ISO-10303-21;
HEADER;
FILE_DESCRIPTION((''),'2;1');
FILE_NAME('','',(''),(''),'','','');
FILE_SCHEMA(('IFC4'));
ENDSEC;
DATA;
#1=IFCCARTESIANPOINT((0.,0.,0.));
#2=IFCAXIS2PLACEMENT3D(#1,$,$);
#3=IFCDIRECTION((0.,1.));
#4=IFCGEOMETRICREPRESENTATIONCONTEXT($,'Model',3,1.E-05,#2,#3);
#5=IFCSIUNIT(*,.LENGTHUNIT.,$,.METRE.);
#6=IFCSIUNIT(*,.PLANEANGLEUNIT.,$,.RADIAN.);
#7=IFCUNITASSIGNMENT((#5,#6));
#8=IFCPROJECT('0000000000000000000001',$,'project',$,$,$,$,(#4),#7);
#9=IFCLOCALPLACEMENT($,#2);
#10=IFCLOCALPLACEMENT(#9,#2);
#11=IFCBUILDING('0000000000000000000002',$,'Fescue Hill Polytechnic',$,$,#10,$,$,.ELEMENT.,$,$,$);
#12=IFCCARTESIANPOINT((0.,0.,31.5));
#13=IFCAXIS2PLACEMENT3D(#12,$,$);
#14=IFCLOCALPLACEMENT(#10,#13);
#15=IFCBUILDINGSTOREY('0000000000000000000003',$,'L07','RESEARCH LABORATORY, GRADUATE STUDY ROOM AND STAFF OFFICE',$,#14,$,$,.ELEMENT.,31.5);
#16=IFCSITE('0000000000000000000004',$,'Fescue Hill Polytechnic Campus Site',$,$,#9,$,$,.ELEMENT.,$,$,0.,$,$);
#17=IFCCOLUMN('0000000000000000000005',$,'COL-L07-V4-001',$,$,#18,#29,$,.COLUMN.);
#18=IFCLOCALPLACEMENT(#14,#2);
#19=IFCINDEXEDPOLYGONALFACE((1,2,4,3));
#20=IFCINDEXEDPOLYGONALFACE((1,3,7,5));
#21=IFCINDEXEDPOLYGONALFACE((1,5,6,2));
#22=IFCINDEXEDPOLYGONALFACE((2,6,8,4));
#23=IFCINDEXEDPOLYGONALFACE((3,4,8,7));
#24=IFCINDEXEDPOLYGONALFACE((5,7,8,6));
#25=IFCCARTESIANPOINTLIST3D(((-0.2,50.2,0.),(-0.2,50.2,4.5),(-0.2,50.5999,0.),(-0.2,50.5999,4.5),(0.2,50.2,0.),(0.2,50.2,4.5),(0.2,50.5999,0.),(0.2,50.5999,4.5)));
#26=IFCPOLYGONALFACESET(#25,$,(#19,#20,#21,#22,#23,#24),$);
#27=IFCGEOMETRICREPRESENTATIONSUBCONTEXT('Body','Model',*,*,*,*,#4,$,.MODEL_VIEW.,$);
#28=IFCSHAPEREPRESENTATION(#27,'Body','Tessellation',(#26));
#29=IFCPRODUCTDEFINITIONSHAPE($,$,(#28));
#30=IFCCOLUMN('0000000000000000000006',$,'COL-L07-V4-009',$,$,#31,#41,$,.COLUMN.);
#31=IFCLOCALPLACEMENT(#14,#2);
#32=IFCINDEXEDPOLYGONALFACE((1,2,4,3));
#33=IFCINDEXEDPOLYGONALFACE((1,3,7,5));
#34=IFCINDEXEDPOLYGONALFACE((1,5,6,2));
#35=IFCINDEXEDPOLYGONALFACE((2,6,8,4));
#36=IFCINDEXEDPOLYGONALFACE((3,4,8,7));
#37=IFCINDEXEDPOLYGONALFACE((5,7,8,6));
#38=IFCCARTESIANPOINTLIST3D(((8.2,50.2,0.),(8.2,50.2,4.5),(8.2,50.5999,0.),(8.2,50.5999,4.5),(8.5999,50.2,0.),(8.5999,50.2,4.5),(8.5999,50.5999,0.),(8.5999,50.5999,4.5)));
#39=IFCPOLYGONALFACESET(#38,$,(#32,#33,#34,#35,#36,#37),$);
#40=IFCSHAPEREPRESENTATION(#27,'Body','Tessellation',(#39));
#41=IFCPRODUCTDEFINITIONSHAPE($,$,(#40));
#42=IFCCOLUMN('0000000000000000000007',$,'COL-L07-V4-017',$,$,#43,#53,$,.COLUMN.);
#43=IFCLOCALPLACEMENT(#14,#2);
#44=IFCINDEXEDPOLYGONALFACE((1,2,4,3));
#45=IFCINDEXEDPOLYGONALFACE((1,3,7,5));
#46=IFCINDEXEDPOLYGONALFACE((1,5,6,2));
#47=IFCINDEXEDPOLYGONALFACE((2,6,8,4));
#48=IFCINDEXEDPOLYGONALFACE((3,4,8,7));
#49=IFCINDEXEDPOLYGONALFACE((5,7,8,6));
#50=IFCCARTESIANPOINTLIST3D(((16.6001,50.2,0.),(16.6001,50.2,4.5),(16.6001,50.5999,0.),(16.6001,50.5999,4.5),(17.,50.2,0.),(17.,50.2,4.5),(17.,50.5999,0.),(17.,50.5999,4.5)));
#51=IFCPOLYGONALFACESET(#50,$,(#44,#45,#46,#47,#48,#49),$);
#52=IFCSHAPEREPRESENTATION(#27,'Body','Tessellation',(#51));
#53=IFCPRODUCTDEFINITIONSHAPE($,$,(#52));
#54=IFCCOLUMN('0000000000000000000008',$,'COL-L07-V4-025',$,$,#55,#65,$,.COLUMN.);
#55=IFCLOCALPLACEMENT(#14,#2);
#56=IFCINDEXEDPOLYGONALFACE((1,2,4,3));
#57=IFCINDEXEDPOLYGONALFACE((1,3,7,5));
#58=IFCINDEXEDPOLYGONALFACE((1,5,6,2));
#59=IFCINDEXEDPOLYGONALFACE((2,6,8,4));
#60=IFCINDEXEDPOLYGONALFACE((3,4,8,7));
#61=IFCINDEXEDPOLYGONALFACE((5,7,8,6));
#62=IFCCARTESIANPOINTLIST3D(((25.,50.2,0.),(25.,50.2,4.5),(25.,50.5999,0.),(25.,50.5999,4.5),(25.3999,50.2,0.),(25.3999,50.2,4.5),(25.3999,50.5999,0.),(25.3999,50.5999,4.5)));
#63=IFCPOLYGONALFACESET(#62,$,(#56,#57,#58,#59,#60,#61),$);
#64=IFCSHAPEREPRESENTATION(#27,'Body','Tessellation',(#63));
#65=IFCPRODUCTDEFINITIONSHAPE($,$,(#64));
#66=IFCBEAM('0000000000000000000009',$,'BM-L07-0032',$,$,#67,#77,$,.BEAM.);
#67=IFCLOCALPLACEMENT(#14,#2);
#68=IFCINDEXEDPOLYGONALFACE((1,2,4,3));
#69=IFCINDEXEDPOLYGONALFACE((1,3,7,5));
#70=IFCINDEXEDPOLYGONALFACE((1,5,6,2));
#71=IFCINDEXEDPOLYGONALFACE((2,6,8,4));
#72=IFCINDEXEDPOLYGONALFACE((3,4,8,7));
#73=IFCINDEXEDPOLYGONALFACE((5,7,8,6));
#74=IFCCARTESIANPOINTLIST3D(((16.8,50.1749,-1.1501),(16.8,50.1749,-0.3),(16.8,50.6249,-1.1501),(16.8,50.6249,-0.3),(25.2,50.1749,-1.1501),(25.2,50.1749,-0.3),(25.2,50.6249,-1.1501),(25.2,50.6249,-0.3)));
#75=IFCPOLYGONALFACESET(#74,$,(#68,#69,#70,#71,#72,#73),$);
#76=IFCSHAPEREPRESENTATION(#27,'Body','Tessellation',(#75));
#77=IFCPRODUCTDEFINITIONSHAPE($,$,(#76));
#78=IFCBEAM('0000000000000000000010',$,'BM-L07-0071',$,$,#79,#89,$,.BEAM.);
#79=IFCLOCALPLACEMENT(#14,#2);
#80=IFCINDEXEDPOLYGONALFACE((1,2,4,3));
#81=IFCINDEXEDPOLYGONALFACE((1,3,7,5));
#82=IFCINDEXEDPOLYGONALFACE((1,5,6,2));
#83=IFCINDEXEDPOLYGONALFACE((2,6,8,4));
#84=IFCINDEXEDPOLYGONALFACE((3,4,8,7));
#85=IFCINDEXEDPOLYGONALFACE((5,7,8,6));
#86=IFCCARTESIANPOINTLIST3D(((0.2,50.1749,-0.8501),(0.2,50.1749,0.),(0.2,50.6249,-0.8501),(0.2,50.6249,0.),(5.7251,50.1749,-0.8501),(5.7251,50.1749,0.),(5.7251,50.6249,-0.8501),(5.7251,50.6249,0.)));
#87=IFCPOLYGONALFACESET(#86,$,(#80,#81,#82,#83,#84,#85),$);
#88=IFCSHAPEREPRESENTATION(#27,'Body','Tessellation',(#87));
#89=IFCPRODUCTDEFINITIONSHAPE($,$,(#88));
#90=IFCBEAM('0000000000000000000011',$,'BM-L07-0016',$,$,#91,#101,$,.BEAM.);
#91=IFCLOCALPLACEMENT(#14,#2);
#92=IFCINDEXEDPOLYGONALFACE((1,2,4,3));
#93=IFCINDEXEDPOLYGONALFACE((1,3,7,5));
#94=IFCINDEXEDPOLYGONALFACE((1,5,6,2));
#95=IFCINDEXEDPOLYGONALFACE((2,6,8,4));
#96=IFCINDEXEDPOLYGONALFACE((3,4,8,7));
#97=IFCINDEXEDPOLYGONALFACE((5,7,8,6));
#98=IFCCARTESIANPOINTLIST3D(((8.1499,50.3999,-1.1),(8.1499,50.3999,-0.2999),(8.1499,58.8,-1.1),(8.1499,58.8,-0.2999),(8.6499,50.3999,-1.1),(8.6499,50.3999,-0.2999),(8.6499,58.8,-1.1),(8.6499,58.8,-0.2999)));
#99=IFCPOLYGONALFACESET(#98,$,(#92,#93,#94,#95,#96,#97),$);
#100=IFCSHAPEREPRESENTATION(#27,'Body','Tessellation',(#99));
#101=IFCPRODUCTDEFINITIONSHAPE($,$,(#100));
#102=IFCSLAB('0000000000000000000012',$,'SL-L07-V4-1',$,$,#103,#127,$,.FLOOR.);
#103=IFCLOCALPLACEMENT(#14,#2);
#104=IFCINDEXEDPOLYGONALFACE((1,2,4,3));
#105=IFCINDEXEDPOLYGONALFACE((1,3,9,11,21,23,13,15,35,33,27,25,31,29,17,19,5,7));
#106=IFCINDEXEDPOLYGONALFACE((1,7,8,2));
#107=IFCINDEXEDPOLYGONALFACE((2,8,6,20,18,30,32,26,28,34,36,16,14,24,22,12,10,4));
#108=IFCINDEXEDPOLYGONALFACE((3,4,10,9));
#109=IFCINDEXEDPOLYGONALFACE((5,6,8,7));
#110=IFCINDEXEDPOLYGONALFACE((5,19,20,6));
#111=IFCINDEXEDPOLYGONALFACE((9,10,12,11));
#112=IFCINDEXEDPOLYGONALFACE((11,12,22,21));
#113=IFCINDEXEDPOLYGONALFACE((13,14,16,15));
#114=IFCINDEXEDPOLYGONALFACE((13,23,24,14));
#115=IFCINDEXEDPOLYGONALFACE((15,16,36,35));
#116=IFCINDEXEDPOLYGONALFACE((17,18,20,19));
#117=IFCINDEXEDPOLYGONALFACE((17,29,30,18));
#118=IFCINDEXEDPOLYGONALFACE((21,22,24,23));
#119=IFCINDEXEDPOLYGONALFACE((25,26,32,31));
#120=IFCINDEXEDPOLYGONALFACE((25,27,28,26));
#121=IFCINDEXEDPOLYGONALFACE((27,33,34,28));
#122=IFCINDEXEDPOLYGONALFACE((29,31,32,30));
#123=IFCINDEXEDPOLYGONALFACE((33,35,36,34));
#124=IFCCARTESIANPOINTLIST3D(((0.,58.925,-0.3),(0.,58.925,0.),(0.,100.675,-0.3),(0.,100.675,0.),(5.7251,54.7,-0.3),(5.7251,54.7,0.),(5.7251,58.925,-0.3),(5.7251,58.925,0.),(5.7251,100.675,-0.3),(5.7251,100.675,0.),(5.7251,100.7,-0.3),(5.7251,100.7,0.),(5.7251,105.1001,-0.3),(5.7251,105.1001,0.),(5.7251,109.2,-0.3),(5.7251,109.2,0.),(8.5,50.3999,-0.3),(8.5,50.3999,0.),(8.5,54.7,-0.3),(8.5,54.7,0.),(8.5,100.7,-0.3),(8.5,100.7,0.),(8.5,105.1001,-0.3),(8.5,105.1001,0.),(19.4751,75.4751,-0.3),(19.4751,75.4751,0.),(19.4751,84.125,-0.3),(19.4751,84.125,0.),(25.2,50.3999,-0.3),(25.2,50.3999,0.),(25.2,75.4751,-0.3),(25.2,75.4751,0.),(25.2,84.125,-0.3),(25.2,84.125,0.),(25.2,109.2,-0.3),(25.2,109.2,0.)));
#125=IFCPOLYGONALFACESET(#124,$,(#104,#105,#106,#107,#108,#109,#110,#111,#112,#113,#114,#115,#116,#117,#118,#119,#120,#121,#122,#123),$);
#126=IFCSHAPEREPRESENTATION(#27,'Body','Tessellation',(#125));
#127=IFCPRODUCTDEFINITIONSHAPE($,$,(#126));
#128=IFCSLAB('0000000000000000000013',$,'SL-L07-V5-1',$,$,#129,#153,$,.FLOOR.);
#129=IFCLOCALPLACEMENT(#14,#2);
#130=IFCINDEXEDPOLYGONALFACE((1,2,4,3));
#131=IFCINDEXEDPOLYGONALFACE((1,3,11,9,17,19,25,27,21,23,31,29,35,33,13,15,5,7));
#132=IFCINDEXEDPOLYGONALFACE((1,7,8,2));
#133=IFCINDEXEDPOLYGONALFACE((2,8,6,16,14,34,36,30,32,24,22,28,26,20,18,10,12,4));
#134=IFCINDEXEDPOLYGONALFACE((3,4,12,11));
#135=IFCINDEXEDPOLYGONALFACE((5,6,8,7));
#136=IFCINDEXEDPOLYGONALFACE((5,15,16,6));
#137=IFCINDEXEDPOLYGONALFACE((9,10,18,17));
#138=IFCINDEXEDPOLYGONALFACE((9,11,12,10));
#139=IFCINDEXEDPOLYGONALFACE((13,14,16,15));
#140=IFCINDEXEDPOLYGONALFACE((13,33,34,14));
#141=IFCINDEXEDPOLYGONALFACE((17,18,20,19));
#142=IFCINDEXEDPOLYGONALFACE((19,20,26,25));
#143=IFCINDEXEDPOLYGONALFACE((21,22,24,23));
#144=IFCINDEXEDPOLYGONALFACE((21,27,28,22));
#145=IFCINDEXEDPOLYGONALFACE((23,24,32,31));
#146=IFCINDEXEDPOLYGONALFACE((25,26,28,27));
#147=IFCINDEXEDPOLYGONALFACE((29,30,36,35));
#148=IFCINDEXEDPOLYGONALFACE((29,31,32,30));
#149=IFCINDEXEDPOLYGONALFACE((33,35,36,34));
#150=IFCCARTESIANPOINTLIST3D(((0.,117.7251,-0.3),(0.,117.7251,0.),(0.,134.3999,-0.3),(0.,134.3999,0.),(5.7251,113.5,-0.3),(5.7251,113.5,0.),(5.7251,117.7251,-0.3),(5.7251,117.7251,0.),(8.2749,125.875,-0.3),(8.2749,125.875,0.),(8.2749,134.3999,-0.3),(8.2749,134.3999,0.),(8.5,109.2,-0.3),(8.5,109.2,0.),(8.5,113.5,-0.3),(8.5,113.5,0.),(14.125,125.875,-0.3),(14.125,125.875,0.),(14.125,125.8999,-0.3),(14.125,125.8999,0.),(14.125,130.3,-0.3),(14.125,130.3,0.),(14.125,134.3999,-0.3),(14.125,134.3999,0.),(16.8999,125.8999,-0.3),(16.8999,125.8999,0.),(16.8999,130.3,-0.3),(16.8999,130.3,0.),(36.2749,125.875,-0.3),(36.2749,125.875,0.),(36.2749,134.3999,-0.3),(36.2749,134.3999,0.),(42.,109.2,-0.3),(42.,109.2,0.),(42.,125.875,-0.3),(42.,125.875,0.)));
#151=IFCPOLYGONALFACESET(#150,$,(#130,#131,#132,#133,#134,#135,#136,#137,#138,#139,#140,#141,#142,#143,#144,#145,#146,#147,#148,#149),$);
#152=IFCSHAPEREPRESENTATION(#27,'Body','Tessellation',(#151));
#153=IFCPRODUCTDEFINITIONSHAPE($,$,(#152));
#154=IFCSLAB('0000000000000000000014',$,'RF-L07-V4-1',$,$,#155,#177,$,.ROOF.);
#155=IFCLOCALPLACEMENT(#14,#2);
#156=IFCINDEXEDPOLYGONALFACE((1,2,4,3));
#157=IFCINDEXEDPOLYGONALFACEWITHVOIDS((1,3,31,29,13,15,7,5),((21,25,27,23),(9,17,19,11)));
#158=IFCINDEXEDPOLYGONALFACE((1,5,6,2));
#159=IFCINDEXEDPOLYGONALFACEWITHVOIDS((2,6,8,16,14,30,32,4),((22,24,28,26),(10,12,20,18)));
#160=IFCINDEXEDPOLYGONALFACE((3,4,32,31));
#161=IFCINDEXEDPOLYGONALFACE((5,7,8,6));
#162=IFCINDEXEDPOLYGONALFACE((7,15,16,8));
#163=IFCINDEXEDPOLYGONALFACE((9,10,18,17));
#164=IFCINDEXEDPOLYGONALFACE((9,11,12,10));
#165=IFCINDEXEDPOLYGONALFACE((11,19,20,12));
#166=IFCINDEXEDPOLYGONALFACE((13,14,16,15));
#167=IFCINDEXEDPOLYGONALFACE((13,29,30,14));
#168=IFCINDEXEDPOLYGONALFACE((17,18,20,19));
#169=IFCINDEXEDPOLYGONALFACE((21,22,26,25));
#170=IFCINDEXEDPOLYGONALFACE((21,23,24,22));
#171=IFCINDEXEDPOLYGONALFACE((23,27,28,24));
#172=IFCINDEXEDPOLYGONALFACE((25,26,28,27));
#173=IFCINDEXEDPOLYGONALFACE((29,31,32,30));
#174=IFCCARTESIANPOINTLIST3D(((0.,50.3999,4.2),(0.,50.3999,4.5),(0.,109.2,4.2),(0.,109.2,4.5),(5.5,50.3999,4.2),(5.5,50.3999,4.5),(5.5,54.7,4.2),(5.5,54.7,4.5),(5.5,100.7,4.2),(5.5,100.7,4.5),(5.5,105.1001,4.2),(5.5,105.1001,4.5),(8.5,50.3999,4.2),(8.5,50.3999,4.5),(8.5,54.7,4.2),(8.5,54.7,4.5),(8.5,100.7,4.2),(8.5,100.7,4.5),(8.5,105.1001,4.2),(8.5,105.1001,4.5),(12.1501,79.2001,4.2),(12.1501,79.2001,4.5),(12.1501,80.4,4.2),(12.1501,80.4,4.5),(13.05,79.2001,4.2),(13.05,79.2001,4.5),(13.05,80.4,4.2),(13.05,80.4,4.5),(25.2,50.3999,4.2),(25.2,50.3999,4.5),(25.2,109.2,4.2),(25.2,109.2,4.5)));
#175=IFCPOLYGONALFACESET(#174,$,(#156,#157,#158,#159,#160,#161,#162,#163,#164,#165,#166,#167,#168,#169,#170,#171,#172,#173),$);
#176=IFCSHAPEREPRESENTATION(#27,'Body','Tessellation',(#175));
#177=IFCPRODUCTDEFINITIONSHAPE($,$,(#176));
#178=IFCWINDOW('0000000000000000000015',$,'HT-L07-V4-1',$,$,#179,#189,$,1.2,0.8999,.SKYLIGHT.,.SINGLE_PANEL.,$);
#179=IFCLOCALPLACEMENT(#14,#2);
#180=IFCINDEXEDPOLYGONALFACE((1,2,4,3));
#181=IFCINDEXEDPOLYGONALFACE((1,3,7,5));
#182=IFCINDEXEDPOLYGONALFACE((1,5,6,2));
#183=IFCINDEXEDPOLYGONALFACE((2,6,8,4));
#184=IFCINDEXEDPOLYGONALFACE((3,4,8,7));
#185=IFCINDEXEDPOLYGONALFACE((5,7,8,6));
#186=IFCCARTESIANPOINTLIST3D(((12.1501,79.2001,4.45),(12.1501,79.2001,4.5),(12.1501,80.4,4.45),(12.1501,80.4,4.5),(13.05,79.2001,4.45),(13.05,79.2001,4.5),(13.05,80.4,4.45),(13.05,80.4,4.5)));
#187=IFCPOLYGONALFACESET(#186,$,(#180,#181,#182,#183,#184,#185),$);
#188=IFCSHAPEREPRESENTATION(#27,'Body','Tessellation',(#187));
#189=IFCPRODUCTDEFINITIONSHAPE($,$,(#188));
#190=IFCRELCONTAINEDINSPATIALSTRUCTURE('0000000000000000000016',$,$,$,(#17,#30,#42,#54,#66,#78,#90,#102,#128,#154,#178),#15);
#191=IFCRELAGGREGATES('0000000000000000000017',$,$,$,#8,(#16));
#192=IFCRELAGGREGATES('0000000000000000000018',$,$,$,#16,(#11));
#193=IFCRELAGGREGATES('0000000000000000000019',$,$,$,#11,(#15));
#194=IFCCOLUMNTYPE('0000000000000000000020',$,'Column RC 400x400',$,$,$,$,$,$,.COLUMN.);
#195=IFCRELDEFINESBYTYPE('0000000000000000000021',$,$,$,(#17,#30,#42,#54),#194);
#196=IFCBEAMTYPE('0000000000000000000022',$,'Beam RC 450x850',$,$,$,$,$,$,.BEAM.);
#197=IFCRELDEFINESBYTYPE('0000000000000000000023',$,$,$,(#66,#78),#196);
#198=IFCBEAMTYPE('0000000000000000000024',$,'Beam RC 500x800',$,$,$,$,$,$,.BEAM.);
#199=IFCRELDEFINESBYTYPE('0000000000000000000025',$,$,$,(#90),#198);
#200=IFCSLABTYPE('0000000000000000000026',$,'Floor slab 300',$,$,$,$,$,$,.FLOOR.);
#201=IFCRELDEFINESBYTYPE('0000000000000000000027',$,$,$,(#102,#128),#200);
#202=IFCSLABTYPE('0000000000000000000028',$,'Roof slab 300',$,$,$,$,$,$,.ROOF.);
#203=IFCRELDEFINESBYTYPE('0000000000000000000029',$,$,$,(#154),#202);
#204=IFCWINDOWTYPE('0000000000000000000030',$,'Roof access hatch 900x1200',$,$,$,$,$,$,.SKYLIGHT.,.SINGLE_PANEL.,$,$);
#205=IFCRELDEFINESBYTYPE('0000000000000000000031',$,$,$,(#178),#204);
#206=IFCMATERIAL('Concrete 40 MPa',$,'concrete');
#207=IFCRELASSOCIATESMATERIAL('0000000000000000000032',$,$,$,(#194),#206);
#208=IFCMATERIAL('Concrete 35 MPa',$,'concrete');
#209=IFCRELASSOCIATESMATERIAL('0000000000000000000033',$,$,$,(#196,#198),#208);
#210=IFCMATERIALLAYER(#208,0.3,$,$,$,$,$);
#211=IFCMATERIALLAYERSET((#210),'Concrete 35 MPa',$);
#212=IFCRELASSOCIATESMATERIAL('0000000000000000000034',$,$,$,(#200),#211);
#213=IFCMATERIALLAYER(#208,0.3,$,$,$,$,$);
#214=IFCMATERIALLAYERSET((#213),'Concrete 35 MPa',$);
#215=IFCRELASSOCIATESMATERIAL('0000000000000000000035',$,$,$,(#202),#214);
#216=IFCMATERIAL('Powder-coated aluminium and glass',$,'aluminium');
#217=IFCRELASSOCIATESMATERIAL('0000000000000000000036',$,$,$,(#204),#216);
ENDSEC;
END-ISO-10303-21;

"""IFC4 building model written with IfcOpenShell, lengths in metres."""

from ifc_helpers import new_model, si_unit, direction, frame, origin, origin_2d, place, context, subcontext, project, spatial, polyline, rectangle, outline, extrude, material, layer, layer_set, material_profile, profile_set, type_object, element, fill, save


model = new_model("IFC4")

# Units and contexts
model_context = context("Model", 3, precision=1e-05, world=origin(), true_north=direction((0.0, 1.0)))
body_context = subcontext(model_context, "Body", "Model", "MODEL_VIEW")
ifc_project = project(units=[si_unit("LENGTHUNIT", "METRE"), si_unit("PLANEANGLEUNIT", "RADIAN")], contexts=[model_context])

# Site, building, storey
site_placement = place(None, origin())
site = spatial("IfcSite", under=ifc_project, at=site_placement, Name="Fescue Hill Polytechnic Campus Site", CompositionType="ELEMENT", RefElevation=0.0)
building_placement = place(site_placement, origin())
building = spatial("IfcBuilding", under=site, at=building_placement, Name="Fescue Hill Polytechnic", CompositionType="ELEMENT")
storey_placement = place(building_placement, frame((0.0, 0.0, 31.5)))
storey = spatial("IfcBuildingStorey", under=building, at=storey_placement, Name="L07", Description="RESEARCH LABORATORY, GRADUATE STUDY ROOM AND STAFF OFFICE", CompositionType="ELEMENT", Elevation=31.5)

# Columns
ifc_material_1 = material(Name="Concrete 40 MPa", Category="concrete")
ifc_material_profile_1 = material_profile(ifc_material_1, rectangle(XDim=0.3999, YDim=0.3999, at=origin_2d()), Name="RC 400x400")
ifc_profile_set_1 = profile_set([ifc_material_profile_1], Name="Concrete 40 MPa")
column_type = type_object("IfcColumnType", Name="Column RC 400x400", PredefinedType="COLUMN", material=ifc_profile_set_1)
for number, where, z_axis, x_axis, name in (
    (1, (0.0, 50.3999, 0.0), (0.0, 0.0, 1.0), (1.0, 0.0, 0.0), "COL-L07-V4-001"),
    (2, (8.3999, 50.3999, 0.0), (0.0, 0.0, 1.0), (1.0, 0.0, 0.0), "COL-L07-V4-009"),
    (3, (16.8, 50.3999, 0.0), (0.0, 0.0, 1.0), (1.0, 0.0, 0.0), "COL-L07-V4-017"),
    (4, (25.2, 50.3999, 0.0), (0.0, 0.0, 1.0), (1.0, 0.0, 0.0), "COL-L07-V4-025"),
):
    element("IfcColumn", number, at=place(storey_placement, frame(where, z_axis=z_axis, x_axis=x_axis)), inside=storey, type_object=column_type, Name=name, PredefinedType="COLUMN", context=body_context, shape_type="SweptSolid", body=[
        extrude(rectangle(XDim=0.3999, YDim=0.3999, at=origin_2d()), origin(), (0.0, 0.0, 1.0), 4.5),
    ])

# Beams
ifc_material_2 = material(Name="Concrete 35 MPa", Category="concrete")
ifc_material_profile_2 = material_profile(ifc_material_2, rectangle(XDim=0.45, YDim=0.8501, at=origin_2d()), Name="RC 450x850")
ifc_profile_set_2 = profile_set([ifc_material_profile_2], Name="Concrete 35 MPa")
beam_type_1 = type_object("IfcBeamType", Name="Beam RC 450x850", PredefinedType="BEAM", material=ifc_profile_set_2)
beam_1_placement = place(storey_placement, frame((16.8, 50.3999, -0.7251), z_axis=(1.0, 0.0, 0.0), x_axis=(0.0, 1.0, 0.0)))
element("IfcBeam", 5, at=beam_1_placement, inside=storey, type_object=beam_type_1, Name="BM-L07-0032", PredefinedType="BEAM", context=body_context, shape_type="SweptSolid", body=[
    extrude(rectangle(XDim=0.45, YDim=0.8501, at=origin_2d()), origin(), (0.0, 0.0, 1.0), 8.3999),
])
beam_2_placement = place(storey_placement, frame((0.2, 50.3999, -0.425), z_axis=(1.0, 0.0, 0.0), x_axis=(0.0, 1.0, 0.0)))
element("IfcBeam", 6, at=beam_2_placement, inside=storey, type_object=beam_type_1, Name="BM-L07-0071", PredefinedType="BEAM", context=body_context, shape_type="SweptSolid", body=[
    extrude(rectangle(XDim=0.45, YDim=0.8501, at=origin_2d()), origin(), (0.0, 0.0, 1.0), 5.5251),
])
ifc_material_profile_3 = material_profile(ifc_material_2, rectangle(XDim=0.5, YDim=0.8, at=origin_2d()), Name="RC 500x800")
ifc_profile_set_3 = profile_set([ifc_material_profile_3], Name="Concrete 35 MPa")
beam_type_2 = type_object("IfcBeamType", Name="Beam RC 500x800", PredefinedType="BEAM", material=ifc_profile_set_3)
beam_3_placement = place(storey_placement, frame((8.3999, 50.3999, -0.7), z_axis=(0.0, 1.0, 0.0), x_axis=(-1.0, 0.0, 0.0)))
element("IfcBeam", 7, at=beam_3_placement, inside=storey, type_object=beam_type_2, Name="BM-L07-0016", PredefinedType="BEAM", context=body_context, shape_type="SweptSolid", body=[
    extrude(rectangle(XDim=0.5, YDim=0.8, at=origin_2d()), origin(), (0.0, 0.0, 1.0), 8.4001),
])

# Slabs
ifc_layer_1 = layer(ifc_material_2, 0.3)
ifc_layer_set_1 = layer_set([ifc_layer_1], Name="Concrete 35 MPa")
slab_type_1 = type_object("IfcSlabType", Name="Floor slab 300", PredefinedType="FLOOR", material=ifc_layer_set_1)
slab_1_placement = place(storey_placement, frame((0.0, 0.0, -0.3)))
element("IfcSlab", 8, at=slab_1_placement, inside=storey, type_object=slab_type_1, Name="SL-L07-V4-1", PredefinedType="FLOOR", context=body_context, shape_type="SweptSolid", body=[
    extrude(outline(polyline([(25.2, 50.3999), (8.5, 50.3999), (8.5, 54.7), (5.7251, 54.7), (5.7251, 58.925), (0.0, 58.925), (0.0, 100.675), (5.7251, 100.675), (5.7251, 100.7), (8.5, 100.7), (8.5, 105.1001), (5.7251, 105.1001), (5.7251, 109.2), (25.2, 109.2), (25.2, 84.125), (19.4751, 84.125), (19.4751, 75.4751), (25.2, 75.4751), (25.2, 50.3999)])), origin(), (0.0, 0.0, 1.0), 0.3),
])
slab_2_placement = place(storey_placement, frame((0.0, 0.0, -0.3)))
element("IfcSlab", 9, at=slab_2_placement, inside=storey, type_object=slab_type_1, Name="SL-L07-V5-1", PredefinedType="FLOOR", context=body_context, shape_type="SweptSolid", body=[
    extrude(outline(polyline([(42.0, 109.2), (8.5, 109.2), (8.5, 113.5), (5.7251, 113.5), (5.7251, 117.7251), (0.0, 117.7251), (0.0, 134.3999), (8.2749, 134.3999), (8.2749, 125.875), (14.125, 125.875), (14.125, 125.8999), (16.8999, 125.8999), (16.8999, 130.3), (14.125, 130.3), (14.125, 134.3999), (36.2749, 134.3999), (36.2749, 125.875), (42.0, 125.875), (42.0, 109.2)])), origin(), (0.0, 0.0, 1.0), 0.3),
])

# Slab, opening, window
ifc_layer_2 = layer(ifc_material_2, 0.3)
ifc_layer_set_2 = layer_set([ifc_layer_2], Name="Concrete 35 MPa")
slab_type_2 = type_object("IfcSlabType", Name="Roof slab 300", PredefinedType="ROOF", material=ifc_layer_set_2)
slab_3_placement = place(storey_placement, frame((0.0, 0.0, 4.2)))
slab_3 = element("IfcSlab", 10, at=slab_3_placement, inside=storey, type_object=slab_type_2, Name="RF-L07-V4-1", PredefinedType="ROOF", context=body_context, shape_type="SweptSolid", body=[
    extrude(outline(polyline([(25.2, 109.2), (25.2, 50.3999), (8.5, 50.3999), (8.5, 54.7), (5.5, 54.7), (5.5, 50.3999), (0.0, 50.3999), (0.0, 109.2), (25.2, 109.2)]), holes=[polyline([(8.5, 100.7), (8.5, 105.1001), (5.5, 105.1001), (5.5, 100.7), (8.5, 100.7)])]), origin(), (0.0, 0.0, 1.0), 0.3),
])
opening_1_placement = place(slab_3_placement, frame((12.6001, 79.8, 0.0)))
opening_1 = element("IfcOpeningElement", 11, at=opening_1_placement, cuts=slab_3, PredefinedType="OPENING", context=body_context, shape_type="SweptSolid", body=[
    extrude(rectangle(XDim=0.8999, YDim=1.2, at=origin_2d()), frame((0.0, 0.0, -0.01)), (0.0, 0.0, 1.0), 0.3201),
])
ifc_material_3 = material(Name="Powder-coated aluminium and glass", Category="aluminium")
window_type = type_object("IfcWindowType", Name="Roof access hatch 900x1200", PartitioningType="SINGLE_PANEL", PredefinedType="SKYLIGHT", material=ifc_material_3)
window_1_placement = place(opening_1_placement, frame((0.0, 0.0, 0.25)))
window_1 = element("IfcWindow", 12, at=window_1_placement, inside=storey, type_object=window_type, Name="HT-L07-V4-1", OverallHeight=1.2, OverallWidth=0.8999, PartitioningType="SINGLE_PANEL", PredefinedType="SKYLIGHT", context=body_context, shape_type="SweptSolid", body=[
    extrude(rectangle(XDim=0.8999, YDim=1.2, at=origin_2d()), origin(), (0.0, 0.0, 1.0), 0.05),
])
fill(opening_1, window_1)

save(model, "model.ifc")
